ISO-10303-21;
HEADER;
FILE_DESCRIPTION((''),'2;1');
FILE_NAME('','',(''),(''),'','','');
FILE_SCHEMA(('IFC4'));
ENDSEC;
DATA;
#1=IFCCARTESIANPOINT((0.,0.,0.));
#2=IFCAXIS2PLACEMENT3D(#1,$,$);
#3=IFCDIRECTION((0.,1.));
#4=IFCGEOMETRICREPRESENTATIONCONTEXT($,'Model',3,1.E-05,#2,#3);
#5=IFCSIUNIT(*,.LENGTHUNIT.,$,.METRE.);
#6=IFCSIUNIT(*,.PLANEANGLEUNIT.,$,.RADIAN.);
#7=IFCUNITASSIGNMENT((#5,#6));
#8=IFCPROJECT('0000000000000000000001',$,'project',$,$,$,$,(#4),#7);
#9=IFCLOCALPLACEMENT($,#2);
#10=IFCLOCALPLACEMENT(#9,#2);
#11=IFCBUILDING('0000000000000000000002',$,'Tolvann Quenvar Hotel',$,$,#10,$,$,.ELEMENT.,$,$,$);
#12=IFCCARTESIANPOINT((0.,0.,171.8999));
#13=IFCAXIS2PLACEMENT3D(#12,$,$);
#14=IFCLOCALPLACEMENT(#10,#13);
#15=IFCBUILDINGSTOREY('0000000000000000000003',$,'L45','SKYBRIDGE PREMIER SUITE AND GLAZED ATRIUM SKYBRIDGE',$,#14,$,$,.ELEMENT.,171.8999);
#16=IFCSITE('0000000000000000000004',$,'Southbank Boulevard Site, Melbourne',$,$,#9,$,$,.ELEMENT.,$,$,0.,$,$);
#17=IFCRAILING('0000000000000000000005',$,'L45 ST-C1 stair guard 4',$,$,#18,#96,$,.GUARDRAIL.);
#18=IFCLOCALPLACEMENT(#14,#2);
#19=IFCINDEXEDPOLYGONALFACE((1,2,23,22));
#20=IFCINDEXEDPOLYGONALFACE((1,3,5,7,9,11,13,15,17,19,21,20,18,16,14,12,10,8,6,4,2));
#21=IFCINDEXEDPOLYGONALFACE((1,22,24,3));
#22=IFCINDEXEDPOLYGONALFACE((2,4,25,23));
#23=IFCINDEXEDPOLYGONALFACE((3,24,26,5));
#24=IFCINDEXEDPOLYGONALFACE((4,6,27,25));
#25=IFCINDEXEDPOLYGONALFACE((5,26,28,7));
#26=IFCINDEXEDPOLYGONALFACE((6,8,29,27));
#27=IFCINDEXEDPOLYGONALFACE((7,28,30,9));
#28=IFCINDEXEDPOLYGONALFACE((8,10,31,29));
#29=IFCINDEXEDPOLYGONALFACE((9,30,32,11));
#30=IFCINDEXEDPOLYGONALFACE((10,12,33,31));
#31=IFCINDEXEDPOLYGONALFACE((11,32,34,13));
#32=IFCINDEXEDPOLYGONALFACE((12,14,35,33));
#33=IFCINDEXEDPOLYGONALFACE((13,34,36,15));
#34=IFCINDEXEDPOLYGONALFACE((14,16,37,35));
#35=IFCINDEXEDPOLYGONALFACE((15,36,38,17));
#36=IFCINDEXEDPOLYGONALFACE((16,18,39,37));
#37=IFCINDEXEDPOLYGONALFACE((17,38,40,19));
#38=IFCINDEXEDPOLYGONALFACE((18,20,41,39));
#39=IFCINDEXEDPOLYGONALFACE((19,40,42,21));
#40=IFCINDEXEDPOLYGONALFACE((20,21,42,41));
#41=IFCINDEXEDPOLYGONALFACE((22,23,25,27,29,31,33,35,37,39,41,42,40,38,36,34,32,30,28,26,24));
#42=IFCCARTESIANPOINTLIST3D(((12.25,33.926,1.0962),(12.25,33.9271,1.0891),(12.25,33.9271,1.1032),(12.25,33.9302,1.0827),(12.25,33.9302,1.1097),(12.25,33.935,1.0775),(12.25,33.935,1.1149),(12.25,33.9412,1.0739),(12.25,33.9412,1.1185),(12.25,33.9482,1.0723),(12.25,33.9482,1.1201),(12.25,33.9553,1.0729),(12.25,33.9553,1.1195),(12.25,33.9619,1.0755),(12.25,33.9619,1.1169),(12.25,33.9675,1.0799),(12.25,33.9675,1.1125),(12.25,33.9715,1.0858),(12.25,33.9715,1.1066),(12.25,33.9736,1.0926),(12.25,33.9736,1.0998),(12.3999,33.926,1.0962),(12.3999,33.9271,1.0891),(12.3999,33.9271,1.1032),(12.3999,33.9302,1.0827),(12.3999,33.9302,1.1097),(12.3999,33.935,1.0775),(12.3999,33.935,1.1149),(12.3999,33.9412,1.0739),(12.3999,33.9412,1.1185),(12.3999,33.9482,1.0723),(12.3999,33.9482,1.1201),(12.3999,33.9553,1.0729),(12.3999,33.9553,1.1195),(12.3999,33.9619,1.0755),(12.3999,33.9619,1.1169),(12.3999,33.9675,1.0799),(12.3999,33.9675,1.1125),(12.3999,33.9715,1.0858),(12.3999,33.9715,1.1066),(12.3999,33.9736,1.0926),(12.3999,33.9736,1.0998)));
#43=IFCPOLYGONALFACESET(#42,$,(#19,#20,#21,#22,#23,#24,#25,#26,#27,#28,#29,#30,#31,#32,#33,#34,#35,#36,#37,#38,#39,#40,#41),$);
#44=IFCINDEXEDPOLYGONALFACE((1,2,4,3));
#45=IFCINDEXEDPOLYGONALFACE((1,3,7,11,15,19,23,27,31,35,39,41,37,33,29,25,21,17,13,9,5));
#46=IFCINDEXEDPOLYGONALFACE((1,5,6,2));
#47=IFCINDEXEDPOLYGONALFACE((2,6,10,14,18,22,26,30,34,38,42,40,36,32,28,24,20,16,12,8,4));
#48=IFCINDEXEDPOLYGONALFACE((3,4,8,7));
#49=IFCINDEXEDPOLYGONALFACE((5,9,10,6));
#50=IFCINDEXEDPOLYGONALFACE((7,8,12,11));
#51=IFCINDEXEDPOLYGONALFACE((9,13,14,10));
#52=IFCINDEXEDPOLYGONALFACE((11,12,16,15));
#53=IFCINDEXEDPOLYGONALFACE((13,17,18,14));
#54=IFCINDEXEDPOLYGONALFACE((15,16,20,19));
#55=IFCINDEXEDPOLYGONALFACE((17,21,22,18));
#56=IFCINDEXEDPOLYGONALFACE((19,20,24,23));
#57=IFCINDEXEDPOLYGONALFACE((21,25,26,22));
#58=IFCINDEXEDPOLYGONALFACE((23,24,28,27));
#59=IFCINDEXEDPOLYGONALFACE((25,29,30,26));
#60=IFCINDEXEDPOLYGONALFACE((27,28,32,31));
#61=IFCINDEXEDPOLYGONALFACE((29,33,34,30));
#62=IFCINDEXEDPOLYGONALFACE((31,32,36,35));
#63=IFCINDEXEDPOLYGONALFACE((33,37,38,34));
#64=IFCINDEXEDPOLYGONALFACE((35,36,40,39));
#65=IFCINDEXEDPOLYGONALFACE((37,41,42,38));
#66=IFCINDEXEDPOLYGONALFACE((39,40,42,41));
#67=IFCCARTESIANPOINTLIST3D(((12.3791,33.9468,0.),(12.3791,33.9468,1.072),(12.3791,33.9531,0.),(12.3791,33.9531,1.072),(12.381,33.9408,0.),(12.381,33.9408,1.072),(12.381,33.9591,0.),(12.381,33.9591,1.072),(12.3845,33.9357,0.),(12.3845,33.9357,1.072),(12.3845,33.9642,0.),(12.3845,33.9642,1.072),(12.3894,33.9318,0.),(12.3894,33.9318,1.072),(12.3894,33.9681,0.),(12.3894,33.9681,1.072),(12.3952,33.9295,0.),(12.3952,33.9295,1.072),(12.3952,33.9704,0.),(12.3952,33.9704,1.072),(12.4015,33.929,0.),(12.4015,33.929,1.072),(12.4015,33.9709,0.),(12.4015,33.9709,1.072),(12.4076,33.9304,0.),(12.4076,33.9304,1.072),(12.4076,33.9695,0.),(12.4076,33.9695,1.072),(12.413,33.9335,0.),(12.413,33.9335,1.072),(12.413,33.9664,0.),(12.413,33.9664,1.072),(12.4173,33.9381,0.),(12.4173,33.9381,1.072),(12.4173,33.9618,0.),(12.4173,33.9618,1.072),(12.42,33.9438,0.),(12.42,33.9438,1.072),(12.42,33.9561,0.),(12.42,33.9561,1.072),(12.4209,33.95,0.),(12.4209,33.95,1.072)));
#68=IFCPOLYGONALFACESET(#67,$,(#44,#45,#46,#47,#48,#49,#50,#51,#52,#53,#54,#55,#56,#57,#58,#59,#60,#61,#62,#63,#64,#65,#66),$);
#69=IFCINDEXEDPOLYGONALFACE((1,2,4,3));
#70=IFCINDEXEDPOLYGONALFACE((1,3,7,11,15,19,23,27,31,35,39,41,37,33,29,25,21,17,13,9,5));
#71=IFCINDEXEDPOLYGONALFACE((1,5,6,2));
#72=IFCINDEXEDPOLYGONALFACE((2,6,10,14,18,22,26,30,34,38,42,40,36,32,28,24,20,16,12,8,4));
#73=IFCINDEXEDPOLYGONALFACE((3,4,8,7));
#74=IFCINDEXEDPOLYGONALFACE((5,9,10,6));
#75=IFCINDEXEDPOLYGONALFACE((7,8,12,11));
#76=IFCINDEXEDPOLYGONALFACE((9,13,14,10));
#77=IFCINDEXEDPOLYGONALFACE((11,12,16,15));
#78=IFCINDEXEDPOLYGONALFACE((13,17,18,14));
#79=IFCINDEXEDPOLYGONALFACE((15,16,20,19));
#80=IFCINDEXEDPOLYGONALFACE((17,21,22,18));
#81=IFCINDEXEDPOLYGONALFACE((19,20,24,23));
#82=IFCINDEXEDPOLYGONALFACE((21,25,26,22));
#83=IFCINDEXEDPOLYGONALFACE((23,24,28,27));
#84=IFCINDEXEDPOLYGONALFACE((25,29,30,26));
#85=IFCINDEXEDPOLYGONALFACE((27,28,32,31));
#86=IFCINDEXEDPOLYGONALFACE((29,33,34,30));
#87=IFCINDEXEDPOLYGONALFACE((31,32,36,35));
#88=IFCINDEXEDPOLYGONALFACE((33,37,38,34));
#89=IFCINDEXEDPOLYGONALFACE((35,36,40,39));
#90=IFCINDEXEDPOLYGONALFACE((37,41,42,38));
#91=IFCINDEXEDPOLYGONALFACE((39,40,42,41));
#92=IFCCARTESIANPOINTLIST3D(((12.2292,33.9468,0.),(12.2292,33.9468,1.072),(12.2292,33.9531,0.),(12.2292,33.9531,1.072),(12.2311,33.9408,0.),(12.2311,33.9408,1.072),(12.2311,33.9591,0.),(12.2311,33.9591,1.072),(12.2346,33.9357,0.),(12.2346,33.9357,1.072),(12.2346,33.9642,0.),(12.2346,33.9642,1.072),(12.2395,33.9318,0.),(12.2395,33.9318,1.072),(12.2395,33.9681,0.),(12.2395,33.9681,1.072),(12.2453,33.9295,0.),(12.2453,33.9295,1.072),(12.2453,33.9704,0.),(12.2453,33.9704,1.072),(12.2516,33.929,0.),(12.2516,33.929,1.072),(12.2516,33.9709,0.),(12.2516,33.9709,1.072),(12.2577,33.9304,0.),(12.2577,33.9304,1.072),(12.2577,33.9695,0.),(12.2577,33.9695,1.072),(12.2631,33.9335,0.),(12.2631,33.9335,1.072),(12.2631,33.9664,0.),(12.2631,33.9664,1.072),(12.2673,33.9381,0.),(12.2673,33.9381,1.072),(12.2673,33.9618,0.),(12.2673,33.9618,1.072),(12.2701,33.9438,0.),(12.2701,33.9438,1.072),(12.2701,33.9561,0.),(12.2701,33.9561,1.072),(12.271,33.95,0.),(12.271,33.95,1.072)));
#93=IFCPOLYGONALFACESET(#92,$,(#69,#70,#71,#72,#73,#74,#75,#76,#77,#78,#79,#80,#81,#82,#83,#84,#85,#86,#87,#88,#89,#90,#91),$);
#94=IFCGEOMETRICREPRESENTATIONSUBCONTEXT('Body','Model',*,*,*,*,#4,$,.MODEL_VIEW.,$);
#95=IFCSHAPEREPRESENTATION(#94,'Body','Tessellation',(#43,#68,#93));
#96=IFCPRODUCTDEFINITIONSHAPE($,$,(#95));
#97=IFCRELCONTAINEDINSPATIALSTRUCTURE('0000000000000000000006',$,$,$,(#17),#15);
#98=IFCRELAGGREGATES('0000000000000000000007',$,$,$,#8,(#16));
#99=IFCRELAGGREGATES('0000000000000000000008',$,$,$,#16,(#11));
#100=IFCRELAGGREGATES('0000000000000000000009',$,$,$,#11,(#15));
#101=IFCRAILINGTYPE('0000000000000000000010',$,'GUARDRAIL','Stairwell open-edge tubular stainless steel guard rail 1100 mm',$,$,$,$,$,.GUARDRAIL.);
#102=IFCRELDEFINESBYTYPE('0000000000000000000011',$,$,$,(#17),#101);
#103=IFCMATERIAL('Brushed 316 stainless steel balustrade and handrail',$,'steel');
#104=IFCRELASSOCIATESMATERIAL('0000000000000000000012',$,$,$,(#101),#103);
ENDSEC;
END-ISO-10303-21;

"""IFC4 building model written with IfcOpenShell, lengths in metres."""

from ifc_helpers import new_model, si_unit, direction, frame, origin, origin_2d, place, context, subcontext, project, spatial, circle, extrude, material, type_object, element, save


model = new_model("IFC4")

# Units and contexts
model_context = context("Model", 3, precision=1e-05, world=origin(), true_north=direction((0.0, 1.0)))
body_context = subcontext(model_context, "Body", "Model", "MODEL_VIEW")
ifc_project = project(units=[si_unit("LENGTHUNIT", "METRE"), si_unit("PLANEANGLEUNIT", "RADIAN")], contexts=[model_context])

# Site, building, storey
site_placement = place(None, origin())
site = spatial("IfcSite", under=ifc_project, at=site_placement, Name="Southbank Boulevard Site, Melbourne", CompositionType="ELEMENT", RefElevation=0.0)
building_placement = place(site_placement, origin())
building = spatial("IfcBuilding", under=site, at=building_placement, Name="Tolvann Quenvar Hotel", CompositionType="ELEMENT")
storey_placement = place(building_placement, frame((0.0, 0.0, 171.8999)))
storey = spatial("IfcBuildingStorey", under=building, at=storey_placement, Name="L45", Description="SKYBRIDGE PREMIER SUITE AND GLAZED ATRIUM SKYBRIDGE", CompositionType="ELEMENT", Elevation=171.8999)

# Railing
ifc_material_1 = material(Name="Brushed 316 stainless steel balustrade and handrail", Category="steel")
railing_type_1 = type_object("IfcRailingType", Name="GUARDRAIL", Description="Stairwell open-edge tubular stainless steel guard rail 1100 mm", PredefinedType="GUARDRAIL", material=ifc_material_1)
railing_1_placement = place(storey_placement, frame((12.3999, 33.95, 0.0)))
element("IfcRailing", 1, at=railing_1_placement, inside=storey, type_object=railing_type_1, Name="L45 ST-C1 stair guard 4", PredefinedType="GUARDRAIL", context=body_context, shape_type="SweptSolid", body=[
    extrude(circle(Radius=0.0239, at=origin_2d()), frame((0.0, 0.0, 1.0962), z_axis=(-1.0, 0.0, 0.0), x_axis=(0.0, -1.0, 0.0)), (0.0, 0.0, 1.0), 0.1499),
    extrude(circle(Radius=0.021, at=origin_2d()), origin(), (0.0, 0.0, 1.0), 1.072),
    extrude(circle(Radius=0.021, at=origin_2d()), frame((-0.1499, 0.0, 0.0)), (0.0, 0.0, 1.0), 1.072),
])

save(model, "model.ifc")
